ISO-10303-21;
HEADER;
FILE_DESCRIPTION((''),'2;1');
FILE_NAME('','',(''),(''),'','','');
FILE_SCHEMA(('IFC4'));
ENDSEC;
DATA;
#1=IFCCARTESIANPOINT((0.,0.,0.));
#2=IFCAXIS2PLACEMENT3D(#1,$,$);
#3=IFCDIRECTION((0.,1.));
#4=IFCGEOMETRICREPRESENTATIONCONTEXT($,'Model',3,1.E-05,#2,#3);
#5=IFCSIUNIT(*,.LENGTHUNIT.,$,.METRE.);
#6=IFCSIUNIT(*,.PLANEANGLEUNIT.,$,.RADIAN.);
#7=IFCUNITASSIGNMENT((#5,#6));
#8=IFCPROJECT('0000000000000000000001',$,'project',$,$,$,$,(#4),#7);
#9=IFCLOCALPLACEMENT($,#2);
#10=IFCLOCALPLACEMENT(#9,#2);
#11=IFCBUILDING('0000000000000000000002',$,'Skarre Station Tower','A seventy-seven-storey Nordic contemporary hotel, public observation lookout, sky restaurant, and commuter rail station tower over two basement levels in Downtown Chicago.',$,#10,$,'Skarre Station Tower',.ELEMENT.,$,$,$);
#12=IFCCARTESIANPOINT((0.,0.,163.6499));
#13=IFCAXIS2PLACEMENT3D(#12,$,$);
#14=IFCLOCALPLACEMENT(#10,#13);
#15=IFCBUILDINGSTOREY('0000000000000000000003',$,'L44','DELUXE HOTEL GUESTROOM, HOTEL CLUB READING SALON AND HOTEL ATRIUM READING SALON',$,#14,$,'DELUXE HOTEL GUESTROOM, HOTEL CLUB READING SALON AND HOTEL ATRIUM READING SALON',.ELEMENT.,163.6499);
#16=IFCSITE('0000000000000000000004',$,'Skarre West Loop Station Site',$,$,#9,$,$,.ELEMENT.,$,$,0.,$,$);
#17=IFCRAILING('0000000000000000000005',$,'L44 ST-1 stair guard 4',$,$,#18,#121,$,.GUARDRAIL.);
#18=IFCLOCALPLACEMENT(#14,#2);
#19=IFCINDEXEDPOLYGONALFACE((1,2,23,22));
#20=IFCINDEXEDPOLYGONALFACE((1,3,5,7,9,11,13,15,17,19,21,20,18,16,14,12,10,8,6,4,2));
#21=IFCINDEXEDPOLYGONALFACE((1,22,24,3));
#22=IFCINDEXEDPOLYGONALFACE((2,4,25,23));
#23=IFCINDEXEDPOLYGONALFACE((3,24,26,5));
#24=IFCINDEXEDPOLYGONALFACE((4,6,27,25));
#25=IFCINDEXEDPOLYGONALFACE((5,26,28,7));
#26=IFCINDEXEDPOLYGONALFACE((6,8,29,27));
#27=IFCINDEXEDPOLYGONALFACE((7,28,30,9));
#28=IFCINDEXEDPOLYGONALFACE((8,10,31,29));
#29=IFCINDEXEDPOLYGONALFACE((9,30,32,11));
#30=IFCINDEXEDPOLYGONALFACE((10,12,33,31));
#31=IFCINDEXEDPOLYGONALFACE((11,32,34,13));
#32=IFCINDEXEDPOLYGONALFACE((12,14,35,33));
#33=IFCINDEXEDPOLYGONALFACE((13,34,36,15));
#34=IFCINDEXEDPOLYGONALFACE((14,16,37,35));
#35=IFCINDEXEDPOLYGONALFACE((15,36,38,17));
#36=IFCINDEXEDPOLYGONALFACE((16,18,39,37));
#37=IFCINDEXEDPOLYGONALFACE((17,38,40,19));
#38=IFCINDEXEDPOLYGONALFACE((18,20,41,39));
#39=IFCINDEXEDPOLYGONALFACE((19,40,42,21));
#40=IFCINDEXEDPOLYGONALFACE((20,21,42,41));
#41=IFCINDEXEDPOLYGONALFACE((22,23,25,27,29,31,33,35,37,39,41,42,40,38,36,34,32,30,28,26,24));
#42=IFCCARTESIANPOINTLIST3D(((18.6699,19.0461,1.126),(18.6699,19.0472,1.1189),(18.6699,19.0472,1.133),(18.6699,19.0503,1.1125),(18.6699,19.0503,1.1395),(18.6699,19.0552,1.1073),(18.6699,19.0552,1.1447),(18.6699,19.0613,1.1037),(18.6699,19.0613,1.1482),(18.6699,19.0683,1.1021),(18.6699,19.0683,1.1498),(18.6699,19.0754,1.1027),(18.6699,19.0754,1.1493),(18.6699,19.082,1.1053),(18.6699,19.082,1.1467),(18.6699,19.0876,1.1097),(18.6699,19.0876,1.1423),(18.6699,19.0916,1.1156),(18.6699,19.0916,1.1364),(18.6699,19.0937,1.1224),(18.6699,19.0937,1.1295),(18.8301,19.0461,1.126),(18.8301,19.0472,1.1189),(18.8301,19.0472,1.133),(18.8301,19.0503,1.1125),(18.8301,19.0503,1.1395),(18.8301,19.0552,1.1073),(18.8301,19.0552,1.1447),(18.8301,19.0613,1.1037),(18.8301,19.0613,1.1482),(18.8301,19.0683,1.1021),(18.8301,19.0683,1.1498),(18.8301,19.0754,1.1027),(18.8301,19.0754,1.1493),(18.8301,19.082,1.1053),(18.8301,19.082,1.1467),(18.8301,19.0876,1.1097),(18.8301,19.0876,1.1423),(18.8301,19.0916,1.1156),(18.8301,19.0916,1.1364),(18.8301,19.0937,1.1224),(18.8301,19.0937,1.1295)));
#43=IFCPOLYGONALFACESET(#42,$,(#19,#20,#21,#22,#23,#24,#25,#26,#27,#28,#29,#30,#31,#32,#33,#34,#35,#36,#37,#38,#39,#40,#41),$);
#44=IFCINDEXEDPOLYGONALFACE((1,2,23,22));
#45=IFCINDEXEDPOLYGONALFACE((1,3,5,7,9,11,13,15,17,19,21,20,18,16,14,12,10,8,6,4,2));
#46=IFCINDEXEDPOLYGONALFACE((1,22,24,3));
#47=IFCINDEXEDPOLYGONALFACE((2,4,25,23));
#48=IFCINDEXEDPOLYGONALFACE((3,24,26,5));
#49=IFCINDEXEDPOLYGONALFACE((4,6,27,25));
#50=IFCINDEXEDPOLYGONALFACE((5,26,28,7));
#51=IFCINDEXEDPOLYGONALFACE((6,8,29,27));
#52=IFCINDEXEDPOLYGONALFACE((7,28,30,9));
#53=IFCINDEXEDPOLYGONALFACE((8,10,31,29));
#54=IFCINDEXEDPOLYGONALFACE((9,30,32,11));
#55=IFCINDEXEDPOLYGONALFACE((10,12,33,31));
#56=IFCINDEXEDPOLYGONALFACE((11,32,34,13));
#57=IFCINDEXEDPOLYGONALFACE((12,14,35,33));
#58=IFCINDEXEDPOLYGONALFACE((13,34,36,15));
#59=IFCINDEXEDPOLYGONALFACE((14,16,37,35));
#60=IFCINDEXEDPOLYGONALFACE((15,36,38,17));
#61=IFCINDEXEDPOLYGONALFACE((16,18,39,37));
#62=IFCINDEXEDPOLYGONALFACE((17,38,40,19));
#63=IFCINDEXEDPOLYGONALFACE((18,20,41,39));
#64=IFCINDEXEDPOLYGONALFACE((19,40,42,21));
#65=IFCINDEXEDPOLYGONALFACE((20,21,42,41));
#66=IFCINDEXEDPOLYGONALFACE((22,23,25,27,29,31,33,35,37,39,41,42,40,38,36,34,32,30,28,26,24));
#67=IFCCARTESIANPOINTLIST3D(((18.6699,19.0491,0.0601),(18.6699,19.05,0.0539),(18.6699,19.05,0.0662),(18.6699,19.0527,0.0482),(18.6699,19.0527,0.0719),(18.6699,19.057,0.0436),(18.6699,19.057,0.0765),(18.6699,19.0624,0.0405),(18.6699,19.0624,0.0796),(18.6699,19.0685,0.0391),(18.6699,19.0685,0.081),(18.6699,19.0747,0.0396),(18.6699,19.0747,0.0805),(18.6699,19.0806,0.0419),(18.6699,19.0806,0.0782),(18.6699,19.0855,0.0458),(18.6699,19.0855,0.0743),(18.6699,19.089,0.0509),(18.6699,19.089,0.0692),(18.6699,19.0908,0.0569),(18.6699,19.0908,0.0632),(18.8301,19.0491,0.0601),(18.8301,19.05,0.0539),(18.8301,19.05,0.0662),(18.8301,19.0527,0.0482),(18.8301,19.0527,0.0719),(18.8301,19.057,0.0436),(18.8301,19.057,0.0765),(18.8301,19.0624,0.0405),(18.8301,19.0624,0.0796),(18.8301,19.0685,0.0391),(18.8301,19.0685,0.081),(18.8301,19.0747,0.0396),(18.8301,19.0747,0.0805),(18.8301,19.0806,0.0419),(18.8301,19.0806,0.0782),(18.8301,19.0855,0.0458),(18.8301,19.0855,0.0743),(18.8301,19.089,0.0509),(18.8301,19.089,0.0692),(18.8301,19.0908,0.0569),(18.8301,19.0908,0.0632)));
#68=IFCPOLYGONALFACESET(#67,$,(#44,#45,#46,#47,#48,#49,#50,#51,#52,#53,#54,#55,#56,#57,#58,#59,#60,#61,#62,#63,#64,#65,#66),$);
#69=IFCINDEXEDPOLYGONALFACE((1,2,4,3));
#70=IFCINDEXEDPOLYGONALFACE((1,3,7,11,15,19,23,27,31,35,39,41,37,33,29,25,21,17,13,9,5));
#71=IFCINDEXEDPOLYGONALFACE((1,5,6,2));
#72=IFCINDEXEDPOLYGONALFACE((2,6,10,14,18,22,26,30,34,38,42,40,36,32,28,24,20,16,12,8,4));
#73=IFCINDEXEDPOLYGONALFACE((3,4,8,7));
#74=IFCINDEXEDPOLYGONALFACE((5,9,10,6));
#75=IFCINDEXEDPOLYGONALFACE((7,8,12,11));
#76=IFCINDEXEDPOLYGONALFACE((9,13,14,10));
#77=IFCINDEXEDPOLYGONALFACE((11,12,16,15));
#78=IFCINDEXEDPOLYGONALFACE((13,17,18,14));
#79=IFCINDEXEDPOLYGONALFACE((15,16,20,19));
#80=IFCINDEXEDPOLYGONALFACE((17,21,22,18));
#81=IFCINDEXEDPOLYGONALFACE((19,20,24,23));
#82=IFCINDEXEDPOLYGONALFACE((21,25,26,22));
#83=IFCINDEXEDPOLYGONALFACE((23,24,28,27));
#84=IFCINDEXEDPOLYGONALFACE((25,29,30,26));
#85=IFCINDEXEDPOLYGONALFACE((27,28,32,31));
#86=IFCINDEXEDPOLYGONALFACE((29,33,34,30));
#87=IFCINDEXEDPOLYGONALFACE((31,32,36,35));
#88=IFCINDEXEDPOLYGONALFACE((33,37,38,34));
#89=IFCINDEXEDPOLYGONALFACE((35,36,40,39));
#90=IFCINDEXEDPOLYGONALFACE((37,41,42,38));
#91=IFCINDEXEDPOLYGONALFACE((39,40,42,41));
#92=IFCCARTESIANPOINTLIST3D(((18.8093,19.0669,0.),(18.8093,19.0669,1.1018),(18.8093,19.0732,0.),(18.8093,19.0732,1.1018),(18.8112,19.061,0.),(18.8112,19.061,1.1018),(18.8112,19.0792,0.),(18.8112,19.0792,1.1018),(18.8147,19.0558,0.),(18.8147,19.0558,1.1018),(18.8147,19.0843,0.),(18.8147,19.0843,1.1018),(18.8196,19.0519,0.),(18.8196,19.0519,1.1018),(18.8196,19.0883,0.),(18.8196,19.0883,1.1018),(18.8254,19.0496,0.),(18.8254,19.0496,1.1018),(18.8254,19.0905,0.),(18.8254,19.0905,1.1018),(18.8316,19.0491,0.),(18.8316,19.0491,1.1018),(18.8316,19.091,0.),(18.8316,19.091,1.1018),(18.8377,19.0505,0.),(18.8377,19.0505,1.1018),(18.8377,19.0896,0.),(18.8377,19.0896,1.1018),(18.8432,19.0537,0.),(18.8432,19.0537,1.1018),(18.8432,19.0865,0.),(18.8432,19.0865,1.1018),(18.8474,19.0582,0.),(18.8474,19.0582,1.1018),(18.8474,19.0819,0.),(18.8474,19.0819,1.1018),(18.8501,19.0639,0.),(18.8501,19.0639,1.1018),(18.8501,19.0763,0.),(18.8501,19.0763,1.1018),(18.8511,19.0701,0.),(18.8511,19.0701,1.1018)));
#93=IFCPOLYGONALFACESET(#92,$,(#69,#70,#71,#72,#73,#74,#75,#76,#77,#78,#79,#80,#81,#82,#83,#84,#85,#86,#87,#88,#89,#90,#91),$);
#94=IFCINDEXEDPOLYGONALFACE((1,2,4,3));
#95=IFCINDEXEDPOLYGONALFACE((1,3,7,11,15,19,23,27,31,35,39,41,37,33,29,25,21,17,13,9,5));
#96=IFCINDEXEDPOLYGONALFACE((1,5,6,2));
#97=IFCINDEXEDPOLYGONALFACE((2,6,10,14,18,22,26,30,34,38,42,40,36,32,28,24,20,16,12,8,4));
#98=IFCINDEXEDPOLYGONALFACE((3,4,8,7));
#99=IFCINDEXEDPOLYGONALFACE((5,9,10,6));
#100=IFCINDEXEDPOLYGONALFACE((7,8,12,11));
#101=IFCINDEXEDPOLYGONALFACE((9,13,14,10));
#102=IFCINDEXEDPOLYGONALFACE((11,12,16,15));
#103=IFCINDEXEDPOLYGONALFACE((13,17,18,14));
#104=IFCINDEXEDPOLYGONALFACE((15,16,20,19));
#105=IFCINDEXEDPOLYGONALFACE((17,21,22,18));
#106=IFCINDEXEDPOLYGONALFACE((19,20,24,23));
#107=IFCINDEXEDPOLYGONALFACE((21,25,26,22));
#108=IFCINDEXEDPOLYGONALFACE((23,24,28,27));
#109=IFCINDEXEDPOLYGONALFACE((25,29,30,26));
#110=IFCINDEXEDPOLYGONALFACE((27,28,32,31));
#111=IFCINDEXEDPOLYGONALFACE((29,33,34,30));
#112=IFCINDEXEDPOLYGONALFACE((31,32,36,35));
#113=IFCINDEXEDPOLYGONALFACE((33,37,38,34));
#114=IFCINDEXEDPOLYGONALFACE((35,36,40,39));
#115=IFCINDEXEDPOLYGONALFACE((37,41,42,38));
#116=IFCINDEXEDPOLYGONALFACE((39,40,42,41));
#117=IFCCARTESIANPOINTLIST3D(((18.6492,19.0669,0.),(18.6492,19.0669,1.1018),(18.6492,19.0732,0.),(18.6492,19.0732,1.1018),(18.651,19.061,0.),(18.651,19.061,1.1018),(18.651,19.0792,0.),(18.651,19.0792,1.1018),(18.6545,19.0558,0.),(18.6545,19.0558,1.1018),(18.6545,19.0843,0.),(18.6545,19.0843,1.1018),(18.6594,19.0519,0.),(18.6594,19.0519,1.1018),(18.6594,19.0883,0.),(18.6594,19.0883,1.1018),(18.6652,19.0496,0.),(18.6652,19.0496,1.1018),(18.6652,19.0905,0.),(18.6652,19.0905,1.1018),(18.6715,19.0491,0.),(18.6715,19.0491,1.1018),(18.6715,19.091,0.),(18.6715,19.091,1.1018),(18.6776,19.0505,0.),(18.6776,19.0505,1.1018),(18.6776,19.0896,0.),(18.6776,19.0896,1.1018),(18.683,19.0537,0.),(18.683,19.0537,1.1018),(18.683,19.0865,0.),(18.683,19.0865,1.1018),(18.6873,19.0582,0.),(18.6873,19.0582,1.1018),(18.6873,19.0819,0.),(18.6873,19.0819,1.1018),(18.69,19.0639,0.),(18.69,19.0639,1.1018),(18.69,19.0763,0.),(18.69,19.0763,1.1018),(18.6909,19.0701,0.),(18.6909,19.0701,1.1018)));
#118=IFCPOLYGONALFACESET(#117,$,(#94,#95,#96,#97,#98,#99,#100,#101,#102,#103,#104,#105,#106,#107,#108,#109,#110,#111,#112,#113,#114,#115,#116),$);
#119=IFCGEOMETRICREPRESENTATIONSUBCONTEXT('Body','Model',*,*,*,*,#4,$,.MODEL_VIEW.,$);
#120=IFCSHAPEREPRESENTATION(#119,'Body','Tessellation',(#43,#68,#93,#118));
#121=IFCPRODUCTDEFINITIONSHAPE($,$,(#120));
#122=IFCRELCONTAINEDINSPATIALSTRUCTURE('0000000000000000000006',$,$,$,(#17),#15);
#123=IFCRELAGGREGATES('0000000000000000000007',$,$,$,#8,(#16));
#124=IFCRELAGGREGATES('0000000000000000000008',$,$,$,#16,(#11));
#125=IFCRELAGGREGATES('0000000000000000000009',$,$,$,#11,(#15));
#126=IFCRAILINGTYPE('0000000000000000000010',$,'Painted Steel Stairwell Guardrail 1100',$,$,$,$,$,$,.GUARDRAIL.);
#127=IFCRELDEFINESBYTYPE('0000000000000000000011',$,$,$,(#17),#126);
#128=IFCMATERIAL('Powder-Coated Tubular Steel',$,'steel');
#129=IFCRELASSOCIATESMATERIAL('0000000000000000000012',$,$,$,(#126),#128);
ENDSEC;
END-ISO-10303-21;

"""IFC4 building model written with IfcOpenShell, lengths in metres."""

from ifc_helpers import new_model, si_unit, direction, frame, origin, origin_2d, place, context, subcontext, project, spatial, circle, extrude, material, type_object, element, save


model = new_model("IFC4")

# Units and contexts
model_context = context("Model", 3, precision=1e-05, world=origin(), true_north=direction((0.0, 1.0)))
body_context = subcontext(model_context, "Body", "Model", "MODEL_VIEW")
ifc_project = project(units=[si_unit("LENGTHUNIT", "METRE"), si_unit("PLANEANGLEUNIT", "RADIAN")], contexts=[model_context])

# Site, building, storey
site_placement = place(None, origin())
site = spatial("IfcSite", under=ifc_project, at=site_placement, Name="Skarre West Loop Station Site", CompositionType="ELEMENT", RefElevation=0.0)
building_placement = place(site_placement, origin())
building = spatial("IfcBuilding", under=site, at=building_placement, Name="Skarre Station Tower", Description="A seventy-seven-storey Nordic contemporary hotel, public observation lookout, sky restaurant, and commuter rail station tower over two basement levels in Downtown Chicago.", LongName="Skarre Station Tower", CompositionType="ELEMENT")
storey_placement = place(building_placement, frame((0.0, 0.0, 163.6499)))
storey = spatial("IfcBuildingStorey", under=building, at=storey_placement, Name="L44", Description="DELUXE HOTEL GUESTROOM, HOTEL CLUB READING SALON AND HOTEL ATRIUM READING SALON", LongName="DELUXE HOTEL GUESTROOM, HOTEL CLUB READING SALON AND HOTEL ATRIUM READING SALON", CompositionType="ELEMENT", Elevation=163.6499)

# Railing
ifc_material_1 = material(Name="Powder-Coated Tubular Steel", Category="steel")
railing_type_1 = type_object("IfcRailingType", Name="Painted Steel Stairwell Guardrail 1100", PredefinedType="GUARDRAIL", material=ifc_material_1)
railing_1_placement = place(storey_placement, frame((18.8301, 19.0701, 0.0)))
element("IfcRailing", 1, at=railing_1_placement, inside=storey, type_object=railing_type_1, Name="L44 ST-1 stair guard 4", PredefinedType="GUARDRAIL", context=body_context, shape_type="SweptSolid", body=[
    extrude(circle(Radius=0.0239, at=origin_2d()), frame((0.0, 0.0, 1.126), z_axis=(-1.0, 0.0, 0.0), x_axis=(0.0, -1.0, 0.0)), (0.0, 0.0, 1.0), 0.1602),
    extrude(circle(Radius=0.021, at=origin_2d()), frame((0.0, 0.0, 0.0601), z_axis=(-1.0, 0.0, 0.0), x_axis=(0.0, -1.0, 0.0)), (0.0, 0.0, 1.0), 0.1602),
    extrude(circle(Radius=0.021, at=origin_2d()), origin(), (0.0, 0.0, 1.0), 1.1018),
    extrude(circle(Radius=0.021, at=origin_2d()), frame((-0.1602, 0.0, 0.0)), (0.0, 0.0, 1.0), 1.1018),
])

save(model, "model.ifc")
